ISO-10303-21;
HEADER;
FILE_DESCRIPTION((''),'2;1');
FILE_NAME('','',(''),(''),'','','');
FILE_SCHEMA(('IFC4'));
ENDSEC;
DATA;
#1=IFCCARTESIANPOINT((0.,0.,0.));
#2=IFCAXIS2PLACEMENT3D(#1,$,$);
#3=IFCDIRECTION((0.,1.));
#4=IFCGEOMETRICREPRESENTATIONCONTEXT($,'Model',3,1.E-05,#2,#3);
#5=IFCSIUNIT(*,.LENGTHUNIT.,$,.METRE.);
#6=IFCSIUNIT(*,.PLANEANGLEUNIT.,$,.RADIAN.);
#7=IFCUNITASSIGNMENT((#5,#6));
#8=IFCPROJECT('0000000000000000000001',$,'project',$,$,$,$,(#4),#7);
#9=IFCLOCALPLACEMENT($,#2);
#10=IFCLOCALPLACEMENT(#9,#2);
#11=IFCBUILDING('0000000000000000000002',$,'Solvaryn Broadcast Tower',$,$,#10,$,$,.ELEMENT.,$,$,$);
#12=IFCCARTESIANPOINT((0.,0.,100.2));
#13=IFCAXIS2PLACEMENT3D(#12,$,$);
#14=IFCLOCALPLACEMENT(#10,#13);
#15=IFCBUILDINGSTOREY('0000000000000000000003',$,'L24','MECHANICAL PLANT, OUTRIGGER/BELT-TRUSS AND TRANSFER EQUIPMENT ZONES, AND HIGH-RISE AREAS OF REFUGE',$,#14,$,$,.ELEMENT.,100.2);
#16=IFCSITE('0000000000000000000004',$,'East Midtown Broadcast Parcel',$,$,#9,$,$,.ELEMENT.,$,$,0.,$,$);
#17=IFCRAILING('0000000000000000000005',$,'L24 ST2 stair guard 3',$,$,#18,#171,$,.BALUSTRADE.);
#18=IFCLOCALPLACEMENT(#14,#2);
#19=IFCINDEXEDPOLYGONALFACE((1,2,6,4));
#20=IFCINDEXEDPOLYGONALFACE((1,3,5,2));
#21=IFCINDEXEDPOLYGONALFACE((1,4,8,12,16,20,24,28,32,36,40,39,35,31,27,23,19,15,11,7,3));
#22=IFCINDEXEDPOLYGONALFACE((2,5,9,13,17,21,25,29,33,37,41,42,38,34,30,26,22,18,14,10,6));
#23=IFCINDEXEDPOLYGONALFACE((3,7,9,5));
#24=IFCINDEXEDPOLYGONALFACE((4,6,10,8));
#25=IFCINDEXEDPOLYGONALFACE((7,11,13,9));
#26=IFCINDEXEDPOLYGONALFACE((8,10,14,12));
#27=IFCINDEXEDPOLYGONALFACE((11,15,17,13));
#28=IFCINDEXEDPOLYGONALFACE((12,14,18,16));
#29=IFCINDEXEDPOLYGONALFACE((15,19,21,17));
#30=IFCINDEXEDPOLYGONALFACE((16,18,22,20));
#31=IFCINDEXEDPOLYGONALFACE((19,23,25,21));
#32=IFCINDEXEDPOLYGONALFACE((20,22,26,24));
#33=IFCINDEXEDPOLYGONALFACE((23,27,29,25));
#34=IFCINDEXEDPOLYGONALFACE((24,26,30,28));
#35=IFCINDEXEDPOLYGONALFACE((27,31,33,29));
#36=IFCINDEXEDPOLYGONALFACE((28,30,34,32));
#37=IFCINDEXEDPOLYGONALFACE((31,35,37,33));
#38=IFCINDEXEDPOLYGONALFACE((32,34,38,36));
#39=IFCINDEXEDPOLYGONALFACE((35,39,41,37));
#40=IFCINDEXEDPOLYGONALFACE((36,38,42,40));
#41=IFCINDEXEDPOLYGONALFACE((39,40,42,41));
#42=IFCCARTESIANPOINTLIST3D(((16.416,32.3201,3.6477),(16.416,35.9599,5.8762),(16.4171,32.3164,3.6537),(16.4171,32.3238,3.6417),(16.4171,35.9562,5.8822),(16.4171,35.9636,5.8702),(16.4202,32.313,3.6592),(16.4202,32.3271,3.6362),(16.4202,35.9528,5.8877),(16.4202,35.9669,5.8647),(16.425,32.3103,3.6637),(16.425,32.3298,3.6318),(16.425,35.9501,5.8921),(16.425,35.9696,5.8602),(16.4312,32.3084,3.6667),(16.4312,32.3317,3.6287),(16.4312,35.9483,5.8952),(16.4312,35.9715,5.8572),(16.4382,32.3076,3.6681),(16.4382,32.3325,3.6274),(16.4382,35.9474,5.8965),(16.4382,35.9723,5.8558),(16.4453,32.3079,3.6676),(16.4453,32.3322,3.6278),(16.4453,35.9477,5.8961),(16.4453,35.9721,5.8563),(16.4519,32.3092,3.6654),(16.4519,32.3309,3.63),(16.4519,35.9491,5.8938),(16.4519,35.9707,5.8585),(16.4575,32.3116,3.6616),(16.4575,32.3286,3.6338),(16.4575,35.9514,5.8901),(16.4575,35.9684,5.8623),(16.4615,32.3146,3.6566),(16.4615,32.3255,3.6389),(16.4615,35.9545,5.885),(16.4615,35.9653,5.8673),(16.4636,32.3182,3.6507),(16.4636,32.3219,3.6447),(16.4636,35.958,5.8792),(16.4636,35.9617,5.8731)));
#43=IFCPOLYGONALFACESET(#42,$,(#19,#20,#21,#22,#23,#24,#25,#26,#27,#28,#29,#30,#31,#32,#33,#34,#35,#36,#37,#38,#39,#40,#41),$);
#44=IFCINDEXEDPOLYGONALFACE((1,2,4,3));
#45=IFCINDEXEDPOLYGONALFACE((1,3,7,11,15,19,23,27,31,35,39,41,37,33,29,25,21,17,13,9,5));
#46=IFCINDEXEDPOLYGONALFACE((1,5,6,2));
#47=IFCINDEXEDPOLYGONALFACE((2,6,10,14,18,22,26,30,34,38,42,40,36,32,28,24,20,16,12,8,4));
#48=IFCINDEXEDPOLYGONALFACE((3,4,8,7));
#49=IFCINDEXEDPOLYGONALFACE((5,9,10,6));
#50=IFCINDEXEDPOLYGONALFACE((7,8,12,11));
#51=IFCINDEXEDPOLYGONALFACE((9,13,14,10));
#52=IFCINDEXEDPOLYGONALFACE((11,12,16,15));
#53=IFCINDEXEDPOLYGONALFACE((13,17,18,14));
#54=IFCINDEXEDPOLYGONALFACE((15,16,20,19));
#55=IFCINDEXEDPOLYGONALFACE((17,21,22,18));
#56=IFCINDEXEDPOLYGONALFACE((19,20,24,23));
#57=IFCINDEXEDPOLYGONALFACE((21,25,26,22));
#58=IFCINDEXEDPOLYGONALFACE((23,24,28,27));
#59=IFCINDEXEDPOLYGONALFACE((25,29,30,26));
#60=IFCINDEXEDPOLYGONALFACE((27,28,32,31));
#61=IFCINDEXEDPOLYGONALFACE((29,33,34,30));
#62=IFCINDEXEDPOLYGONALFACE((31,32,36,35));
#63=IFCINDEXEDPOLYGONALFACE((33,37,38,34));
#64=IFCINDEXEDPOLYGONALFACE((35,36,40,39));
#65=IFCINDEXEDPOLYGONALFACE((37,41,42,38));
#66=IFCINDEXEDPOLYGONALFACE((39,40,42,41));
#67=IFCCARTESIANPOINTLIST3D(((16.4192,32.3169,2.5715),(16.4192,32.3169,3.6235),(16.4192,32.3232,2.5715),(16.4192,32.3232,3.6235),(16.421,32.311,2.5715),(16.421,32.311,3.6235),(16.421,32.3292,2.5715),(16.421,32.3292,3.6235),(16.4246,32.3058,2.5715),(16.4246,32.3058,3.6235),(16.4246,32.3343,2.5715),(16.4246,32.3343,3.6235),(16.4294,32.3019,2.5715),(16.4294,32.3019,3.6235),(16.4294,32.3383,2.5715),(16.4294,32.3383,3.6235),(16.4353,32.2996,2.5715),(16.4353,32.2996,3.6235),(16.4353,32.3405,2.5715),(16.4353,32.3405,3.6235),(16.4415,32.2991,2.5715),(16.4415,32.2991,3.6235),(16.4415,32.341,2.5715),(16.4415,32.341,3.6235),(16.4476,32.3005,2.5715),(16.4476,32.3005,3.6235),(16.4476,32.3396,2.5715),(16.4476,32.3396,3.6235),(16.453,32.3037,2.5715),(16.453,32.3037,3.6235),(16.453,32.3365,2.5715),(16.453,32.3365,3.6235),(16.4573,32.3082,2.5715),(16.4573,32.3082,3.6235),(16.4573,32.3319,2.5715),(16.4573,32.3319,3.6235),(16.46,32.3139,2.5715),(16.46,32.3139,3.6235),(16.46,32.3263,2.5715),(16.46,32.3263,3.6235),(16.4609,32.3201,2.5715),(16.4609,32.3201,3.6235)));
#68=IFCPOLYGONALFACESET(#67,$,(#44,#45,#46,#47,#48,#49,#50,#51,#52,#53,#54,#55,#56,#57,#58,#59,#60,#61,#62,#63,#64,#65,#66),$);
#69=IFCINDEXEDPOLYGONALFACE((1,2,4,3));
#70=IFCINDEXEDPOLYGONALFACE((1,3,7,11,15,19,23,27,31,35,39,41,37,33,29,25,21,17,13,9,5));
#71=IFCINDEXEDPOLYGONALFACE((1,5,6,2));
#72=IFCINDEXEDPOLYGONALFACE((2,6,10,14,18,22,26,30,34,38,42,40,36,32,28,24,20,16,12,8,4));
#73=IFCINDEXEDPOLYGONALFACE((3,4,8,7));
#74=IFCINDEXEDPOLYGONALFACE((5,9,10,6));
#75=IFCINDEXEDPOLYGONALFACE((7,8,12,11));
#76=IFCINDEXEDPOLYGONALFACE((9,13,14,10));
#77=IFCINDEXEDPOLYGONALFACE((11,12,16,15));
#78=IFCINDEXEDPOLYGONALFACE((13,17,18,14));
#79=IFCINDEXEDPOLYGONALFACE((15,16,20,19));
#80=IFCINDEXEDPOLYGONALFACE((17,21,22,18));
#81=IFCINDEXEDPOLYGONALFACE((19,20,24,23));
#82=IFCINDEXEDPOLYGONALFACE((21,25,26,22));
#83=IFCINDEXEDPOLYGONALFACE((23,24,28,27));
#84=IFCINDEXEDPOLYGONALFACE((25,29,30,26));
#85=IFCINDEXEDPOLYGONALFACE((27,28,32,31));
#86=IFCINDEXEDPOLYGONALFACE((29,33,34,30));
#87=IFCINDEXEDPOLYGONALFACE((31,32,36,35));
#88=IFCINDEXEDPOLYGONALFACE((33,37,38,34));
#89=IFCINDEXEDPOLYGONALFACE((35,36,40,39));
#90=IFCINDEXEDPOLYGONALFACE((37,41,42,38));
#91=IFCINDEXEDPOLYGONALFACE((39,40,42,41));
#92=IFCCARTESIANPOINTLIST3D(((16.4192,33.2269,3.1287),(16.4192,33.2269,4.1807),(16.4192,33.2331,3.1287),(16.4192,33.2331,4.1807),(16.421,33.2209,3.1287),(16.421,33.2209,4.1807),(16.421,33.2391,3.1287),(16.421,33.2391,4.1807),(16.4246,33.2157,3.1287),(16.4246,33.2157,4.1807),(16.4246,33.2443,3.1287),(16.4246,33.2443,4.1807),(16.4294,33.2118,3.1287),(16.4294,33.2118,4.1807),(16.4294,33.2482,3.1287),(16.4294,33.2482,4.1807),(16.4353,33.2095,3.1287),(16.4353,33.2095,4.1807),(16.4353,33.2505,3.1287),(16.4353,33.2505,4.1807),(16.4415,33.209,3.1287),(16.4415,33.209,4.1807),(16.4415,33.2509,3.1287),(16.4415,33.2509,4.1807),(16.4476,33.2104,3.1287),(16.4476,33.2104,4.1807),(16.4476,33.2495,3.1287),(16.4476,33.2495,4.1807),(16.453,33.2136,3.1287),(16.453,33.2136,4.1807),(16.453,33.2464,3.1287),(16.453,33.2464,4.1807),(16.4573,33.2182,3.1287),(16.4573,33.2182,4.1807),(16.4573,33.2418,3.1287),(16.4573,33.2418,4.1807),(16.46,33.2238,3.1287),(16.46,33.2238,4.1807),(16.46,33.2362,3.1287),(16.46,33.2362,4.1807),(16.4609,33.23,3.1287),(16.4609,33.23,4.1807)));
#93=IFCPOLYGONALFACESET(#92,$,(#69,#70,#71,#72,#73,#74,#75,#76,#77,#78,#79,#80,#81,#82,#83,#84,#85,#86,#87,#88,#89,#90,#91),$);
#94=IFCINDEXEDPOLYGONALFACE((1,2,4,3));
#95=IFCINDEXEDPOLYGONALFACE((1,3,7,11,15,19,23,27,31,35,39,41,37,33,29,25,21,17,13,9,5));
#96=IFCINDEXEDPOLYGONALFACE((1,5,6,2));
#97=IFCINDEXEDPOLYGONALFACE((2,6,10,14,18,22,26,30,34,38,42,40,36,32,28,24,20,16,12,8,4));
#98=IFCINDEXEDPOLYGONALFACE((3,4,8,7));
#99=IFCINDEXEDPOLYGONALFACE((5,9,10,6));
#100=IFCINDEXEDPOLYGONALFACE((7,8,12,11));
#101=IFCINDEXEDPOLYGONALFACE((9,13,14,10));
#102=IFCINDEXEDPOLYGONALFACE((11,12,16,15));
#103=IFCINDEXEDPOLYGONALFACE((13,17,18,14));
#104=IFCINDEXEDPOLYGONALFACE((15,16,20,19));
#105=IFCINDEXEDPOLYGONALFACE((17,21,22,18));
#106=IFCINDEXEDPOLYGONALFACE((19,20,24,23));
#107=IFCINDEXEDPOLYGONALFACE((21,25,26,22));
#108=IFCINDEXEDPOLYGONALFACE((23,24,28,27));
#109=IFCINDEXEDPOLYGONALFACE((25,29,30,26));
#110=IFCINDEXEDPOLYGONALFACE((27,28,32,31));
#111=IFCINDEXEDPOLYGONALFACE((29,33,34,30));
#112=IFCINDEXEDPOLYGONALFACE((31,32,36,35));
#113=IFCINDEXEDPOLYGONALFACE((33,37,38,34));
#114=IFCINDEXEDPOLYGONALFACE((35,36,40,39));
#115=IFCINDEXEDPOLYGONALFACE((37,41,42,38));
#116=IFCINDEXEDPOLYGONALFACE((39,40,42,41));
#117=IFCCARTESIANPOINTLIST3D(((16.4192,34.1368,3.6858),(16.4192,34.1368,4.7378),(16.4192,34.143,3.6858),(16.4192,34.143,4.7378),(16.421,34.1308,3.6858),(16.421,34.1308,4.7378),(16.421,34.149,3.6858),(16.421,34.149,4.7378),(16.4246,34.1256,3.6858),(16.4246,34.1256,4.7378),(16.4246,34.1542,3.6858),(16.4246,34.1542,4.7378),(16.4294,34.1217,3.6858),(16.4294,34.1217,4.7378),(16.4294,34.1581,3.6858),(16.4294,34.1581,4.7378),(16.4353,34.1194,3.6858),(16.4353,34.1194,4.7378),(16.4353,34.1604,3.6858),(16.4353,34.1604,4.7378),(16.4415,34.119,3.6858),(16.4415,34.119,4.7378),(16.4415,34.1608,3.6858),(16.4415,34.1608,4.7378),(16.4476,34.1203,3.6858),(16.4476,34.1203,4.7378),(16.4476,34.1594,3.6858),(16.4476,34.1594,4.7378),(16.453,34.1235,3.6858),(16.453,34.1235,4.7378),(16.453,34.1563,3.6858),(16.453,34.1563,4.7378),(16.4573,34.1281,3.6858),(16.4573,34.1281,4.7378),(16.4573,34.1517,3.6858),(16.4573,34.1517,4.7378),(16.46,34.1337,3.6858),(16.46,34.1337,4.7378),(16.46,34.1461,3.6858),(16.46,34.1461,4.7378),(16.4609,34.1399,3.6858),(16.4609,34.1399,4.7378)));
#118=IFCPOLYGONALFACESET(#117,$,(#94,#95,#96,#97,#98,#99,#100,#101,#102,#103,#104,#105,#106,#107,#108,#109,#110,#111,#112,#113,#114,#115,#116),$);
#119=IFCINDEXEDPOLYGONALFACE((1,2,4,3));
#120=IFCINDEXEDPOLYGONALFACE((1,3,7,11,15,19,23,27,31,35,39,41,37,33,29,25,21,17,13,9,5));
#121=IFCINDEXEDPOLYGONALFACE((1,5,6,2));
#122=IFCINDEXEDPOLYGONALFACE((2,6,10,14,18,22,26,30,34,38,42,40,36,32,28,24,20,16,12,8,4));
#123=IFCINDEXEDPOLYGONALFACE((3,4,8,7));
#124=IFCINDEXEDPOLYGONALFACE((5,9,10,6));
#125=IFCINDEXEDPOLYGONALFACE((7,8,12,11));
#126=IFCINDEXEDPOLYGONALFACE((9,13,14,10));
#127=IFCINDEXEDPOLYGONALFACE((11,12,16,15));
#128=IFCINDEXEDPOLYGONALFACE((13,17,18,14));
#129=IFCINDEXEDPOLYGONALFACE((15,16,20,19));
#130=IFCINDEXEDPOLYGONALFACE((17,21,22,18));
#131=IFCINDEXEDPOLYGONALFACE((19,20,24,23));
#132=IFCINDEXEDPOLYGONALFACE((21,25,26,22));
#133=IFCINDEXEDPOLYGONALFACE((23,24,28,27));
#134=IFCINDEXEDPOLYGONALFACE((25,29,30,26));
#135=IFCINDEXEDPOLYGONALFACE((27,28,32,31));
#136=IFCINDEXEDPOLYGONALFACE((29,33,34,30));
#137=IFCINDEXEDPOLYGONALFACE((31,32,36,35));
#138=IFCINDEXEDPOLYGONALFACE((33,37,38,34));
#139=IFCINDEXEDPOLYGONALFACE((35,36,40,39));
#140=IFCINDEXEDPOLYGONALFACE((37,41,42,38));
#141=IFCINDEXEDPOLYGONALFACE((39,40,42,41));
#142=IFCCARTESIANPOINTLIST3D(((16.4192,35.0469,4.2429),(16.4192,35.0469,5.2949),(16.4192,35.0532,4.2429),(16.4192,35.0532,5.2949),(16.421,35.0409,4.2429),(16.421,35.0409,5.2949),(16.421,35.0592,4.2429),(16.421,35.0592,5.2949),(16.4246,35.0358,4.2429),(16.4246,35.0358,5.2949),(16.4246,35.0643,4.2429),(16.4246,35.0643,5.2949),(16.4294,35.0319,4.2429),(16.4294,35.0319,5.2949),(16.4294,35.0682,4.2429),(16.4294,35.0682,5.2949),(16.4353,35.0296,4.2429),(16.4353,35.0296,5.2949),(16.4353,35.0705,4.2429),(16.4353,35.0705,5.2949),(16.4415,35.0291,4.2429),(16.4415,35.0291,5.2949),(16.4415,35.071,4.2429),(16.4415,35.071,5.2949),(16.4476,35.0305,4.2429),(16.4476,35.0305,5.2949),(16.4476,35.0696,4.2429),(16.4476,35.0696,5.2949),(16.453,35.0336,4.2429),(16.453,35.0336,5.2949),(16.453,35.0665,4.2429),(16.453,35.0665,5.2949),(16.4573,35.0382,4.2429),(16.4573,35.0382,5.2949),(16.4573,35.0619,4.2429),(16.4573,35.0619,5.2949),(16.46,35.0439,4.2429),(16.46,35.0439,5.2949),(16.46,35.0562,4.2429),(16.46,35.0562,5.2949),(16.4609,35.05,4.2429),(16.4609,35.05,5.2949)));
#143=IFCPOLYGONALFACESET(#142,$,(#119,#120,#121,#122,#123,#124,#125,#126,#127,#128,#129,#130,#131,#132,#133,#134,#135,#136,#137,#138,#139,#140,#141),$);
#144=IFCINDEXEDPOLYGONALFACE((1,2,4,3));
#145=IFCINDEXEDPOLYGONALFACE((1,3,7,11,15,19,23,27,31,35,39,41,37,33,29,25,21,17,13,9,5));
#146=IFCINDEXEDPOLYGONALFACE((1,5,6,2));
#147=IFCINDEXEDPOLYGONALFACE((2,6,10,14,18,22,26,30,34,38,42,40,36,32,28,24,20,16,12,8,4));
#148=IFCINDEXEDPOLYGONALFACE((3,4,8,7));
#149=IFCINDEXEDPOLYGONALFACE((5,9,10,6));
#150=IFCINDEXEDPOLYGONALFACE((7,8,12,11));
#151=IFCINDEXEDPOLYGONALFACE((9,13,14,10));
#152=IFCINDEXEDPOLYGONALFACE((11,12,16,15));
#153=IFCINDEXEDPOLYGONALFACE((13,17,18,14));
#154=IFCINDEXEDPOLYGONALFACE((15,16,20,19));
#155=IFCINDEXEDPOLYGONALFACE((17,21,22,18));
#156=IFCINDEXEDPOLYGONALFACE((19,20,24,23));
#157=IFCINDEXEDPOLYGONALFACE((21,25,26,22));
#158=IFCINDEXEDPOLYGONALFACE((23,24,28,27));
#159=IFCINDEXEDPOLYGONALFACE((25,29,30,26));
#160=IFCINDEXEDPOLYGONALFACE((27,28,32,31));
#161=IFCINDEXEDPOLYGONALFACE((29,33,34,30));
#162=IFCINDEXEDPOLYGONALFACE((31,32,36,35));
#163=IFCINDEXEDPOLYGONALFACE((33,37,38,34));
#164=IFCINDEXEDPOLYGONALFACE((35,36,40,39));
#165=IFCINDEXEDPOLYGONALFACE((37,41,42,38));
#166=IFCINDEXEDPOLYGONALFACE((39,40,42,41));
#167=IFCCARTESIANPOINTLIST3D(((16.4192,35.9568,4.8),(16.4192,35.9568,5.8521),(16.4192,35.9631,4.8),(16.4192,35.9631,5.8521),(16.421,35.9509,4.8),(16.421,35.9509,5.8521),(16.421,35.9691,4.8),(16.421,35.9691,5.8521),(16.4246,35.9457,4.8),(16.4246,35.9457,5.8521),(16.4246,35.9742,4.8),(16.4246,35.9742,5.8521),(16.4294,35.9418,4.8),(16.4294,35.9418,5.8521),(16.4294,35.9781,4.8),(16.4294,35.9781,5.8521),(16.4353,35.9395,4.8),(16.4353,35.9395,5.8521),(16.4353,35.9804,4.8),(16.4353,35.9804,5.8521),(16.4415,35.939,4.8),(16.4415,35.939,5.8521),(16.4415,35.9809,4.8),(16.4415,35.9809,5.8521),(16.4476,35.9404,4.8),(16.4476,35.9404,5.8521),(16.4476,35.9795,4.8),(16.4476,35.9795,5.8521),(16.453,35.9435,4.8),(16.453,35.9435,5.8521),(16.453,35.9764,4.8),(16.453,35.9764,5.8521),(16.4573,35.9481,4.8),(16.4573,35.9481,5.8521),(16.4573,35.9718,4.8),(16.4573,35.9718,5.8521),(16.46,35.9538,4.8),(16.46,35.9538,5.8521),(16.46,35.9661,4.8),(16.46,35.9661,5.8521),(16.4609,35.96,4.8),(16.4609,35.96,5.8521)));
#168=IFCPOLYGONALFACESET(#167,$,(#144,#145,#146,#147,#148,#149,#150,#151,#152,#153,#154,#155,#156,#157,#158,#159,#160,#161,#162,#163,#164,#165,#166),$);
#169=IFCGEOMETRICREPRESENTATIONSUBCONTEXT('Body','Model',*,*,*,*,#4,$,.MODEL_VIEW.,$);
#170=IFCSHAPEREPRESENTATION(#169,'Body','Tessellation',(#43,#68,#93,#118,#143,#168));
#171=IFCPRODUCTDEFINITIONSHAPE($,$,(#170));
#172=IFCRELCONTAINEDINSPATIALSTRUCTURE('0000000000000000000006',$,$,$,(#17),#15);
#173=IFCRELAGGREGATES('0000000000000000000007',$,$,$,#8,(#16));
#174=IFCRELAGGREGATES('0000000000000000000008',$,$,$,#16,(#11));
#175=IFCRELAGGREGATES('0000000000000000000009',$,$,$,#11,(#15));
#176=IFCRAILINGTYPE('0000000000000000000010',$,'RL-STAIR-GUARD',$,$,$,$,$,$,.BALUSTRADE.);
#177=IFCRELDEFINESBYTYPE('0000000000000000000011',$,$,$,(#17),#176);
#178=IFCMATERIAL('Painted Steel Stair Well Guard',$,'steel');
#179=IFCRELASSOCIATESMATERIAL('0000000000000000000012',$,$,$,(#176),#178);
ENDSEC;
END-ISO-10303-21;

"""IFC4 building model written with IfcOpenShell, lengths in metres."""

from ifc_helpers import new_model, si_unit, direction, frame, origin, origin_2d, place, context, subcontext, project, spatial, circle, extrude, material, type_object, element, save


model = new_model("IFC4")

# Units and contexts
model_context = context("Model", 3, precision=1e-05, world=origin(), true_north=direction((0.0, 1.0)))
body_context = subcontext(model_context, "Body", "Model", "MODEL_VIEW")
ifc_project = project(units=[si_unit("LENGTHUNIT", "METRE"), si_unit("PLANEANGLEUNIT", "RADIAN")], contexts=[model_context])

# Site, building, storey
site_placement = place(None, origin())
site = spatial("IfcSite", under=ifc_project, at=site_placement, Name="East Midtown Broadcast Parcel", CompositionType="ELEMENT", RefElevation=0.0)
building_placement = place(site_placement, origin())
building = spatial("IfcBuilding", under=site, at=building_placement, Name="Solvaryn Broadcast Tower", CompositionType="ELEMENT")
storey_placement = place(building_placement, frame((0.0, 0.0, 100.2)))
storey = spatial("IfcBuildingStorey", under=building, at=storey_placement, Name="L24", Description="MECHANICAL PLANT, OUTRIGGER/BELT-TRUSS AND TRANSFER EQUIPMENT ZONES, AND HIGH-RISE AREAS OF REFUGE", CompositionType="ELEMENT", Elevation=100.2)

# Railing
ifc_material_1 = material(Name="Painted Steel Stair Well Guard", Category="steel")
railing_type_1 = type_object("IfcRailingType", Name="RL-STAIR-GUARD", PredefinedType="BALUSTRADE", material=ifc_material_1)
railing_1_placement = place(storey_placement, frame((16.4399, 32.3201, 2.5715)))
element("IfcRailing", 1, at=railing_1_placement, inside=storey, type_object=railing_type_1, Name="L24 ST2 stair guard 3", PredefinedType="BALUSTRADE", context=body_context, shape_type="SweptSolid", body=[
    extrude(circle(Radius=0.0239, at=origin_2d()), frame((0.0, 0.0, 1.0762), z_axis=(0.0, 0.85285, 0.522156), x_axis=(-1.0, 0.0, 0.0)), (0.0, 0.0, 1.0), 4.2678),
    extrude(circle(Radius=0.021, at=origin_2d()), origin(), (0.0, 0.0, 1.0), 1.052),
    extrude(circle(Radius=0.021, at=origin_2d()), frame((0.0, 0.9099, 0.5571)), (0.0, 0.0, 1.0), 1.052),
    extrude(circle(Radius=0.021, at=origin_2d()), frame((0.0, 1.8198, 1.1143)), (0.0, 0.0, 1.0), 1.052),
    extrude(circle(Radius=0.021, at=origin_2d()), frame((0.0, 2.73, 1.6714)), (0.0, 0.0, 1.0), 1.052),
    extrude(circle(Radius=0.021, at=origin_2d()), frame((0.0, 3.6399, 2.2285)), (0.0, 0.0, 1.0), 1.052),
])

save(model, "model.ifc")
